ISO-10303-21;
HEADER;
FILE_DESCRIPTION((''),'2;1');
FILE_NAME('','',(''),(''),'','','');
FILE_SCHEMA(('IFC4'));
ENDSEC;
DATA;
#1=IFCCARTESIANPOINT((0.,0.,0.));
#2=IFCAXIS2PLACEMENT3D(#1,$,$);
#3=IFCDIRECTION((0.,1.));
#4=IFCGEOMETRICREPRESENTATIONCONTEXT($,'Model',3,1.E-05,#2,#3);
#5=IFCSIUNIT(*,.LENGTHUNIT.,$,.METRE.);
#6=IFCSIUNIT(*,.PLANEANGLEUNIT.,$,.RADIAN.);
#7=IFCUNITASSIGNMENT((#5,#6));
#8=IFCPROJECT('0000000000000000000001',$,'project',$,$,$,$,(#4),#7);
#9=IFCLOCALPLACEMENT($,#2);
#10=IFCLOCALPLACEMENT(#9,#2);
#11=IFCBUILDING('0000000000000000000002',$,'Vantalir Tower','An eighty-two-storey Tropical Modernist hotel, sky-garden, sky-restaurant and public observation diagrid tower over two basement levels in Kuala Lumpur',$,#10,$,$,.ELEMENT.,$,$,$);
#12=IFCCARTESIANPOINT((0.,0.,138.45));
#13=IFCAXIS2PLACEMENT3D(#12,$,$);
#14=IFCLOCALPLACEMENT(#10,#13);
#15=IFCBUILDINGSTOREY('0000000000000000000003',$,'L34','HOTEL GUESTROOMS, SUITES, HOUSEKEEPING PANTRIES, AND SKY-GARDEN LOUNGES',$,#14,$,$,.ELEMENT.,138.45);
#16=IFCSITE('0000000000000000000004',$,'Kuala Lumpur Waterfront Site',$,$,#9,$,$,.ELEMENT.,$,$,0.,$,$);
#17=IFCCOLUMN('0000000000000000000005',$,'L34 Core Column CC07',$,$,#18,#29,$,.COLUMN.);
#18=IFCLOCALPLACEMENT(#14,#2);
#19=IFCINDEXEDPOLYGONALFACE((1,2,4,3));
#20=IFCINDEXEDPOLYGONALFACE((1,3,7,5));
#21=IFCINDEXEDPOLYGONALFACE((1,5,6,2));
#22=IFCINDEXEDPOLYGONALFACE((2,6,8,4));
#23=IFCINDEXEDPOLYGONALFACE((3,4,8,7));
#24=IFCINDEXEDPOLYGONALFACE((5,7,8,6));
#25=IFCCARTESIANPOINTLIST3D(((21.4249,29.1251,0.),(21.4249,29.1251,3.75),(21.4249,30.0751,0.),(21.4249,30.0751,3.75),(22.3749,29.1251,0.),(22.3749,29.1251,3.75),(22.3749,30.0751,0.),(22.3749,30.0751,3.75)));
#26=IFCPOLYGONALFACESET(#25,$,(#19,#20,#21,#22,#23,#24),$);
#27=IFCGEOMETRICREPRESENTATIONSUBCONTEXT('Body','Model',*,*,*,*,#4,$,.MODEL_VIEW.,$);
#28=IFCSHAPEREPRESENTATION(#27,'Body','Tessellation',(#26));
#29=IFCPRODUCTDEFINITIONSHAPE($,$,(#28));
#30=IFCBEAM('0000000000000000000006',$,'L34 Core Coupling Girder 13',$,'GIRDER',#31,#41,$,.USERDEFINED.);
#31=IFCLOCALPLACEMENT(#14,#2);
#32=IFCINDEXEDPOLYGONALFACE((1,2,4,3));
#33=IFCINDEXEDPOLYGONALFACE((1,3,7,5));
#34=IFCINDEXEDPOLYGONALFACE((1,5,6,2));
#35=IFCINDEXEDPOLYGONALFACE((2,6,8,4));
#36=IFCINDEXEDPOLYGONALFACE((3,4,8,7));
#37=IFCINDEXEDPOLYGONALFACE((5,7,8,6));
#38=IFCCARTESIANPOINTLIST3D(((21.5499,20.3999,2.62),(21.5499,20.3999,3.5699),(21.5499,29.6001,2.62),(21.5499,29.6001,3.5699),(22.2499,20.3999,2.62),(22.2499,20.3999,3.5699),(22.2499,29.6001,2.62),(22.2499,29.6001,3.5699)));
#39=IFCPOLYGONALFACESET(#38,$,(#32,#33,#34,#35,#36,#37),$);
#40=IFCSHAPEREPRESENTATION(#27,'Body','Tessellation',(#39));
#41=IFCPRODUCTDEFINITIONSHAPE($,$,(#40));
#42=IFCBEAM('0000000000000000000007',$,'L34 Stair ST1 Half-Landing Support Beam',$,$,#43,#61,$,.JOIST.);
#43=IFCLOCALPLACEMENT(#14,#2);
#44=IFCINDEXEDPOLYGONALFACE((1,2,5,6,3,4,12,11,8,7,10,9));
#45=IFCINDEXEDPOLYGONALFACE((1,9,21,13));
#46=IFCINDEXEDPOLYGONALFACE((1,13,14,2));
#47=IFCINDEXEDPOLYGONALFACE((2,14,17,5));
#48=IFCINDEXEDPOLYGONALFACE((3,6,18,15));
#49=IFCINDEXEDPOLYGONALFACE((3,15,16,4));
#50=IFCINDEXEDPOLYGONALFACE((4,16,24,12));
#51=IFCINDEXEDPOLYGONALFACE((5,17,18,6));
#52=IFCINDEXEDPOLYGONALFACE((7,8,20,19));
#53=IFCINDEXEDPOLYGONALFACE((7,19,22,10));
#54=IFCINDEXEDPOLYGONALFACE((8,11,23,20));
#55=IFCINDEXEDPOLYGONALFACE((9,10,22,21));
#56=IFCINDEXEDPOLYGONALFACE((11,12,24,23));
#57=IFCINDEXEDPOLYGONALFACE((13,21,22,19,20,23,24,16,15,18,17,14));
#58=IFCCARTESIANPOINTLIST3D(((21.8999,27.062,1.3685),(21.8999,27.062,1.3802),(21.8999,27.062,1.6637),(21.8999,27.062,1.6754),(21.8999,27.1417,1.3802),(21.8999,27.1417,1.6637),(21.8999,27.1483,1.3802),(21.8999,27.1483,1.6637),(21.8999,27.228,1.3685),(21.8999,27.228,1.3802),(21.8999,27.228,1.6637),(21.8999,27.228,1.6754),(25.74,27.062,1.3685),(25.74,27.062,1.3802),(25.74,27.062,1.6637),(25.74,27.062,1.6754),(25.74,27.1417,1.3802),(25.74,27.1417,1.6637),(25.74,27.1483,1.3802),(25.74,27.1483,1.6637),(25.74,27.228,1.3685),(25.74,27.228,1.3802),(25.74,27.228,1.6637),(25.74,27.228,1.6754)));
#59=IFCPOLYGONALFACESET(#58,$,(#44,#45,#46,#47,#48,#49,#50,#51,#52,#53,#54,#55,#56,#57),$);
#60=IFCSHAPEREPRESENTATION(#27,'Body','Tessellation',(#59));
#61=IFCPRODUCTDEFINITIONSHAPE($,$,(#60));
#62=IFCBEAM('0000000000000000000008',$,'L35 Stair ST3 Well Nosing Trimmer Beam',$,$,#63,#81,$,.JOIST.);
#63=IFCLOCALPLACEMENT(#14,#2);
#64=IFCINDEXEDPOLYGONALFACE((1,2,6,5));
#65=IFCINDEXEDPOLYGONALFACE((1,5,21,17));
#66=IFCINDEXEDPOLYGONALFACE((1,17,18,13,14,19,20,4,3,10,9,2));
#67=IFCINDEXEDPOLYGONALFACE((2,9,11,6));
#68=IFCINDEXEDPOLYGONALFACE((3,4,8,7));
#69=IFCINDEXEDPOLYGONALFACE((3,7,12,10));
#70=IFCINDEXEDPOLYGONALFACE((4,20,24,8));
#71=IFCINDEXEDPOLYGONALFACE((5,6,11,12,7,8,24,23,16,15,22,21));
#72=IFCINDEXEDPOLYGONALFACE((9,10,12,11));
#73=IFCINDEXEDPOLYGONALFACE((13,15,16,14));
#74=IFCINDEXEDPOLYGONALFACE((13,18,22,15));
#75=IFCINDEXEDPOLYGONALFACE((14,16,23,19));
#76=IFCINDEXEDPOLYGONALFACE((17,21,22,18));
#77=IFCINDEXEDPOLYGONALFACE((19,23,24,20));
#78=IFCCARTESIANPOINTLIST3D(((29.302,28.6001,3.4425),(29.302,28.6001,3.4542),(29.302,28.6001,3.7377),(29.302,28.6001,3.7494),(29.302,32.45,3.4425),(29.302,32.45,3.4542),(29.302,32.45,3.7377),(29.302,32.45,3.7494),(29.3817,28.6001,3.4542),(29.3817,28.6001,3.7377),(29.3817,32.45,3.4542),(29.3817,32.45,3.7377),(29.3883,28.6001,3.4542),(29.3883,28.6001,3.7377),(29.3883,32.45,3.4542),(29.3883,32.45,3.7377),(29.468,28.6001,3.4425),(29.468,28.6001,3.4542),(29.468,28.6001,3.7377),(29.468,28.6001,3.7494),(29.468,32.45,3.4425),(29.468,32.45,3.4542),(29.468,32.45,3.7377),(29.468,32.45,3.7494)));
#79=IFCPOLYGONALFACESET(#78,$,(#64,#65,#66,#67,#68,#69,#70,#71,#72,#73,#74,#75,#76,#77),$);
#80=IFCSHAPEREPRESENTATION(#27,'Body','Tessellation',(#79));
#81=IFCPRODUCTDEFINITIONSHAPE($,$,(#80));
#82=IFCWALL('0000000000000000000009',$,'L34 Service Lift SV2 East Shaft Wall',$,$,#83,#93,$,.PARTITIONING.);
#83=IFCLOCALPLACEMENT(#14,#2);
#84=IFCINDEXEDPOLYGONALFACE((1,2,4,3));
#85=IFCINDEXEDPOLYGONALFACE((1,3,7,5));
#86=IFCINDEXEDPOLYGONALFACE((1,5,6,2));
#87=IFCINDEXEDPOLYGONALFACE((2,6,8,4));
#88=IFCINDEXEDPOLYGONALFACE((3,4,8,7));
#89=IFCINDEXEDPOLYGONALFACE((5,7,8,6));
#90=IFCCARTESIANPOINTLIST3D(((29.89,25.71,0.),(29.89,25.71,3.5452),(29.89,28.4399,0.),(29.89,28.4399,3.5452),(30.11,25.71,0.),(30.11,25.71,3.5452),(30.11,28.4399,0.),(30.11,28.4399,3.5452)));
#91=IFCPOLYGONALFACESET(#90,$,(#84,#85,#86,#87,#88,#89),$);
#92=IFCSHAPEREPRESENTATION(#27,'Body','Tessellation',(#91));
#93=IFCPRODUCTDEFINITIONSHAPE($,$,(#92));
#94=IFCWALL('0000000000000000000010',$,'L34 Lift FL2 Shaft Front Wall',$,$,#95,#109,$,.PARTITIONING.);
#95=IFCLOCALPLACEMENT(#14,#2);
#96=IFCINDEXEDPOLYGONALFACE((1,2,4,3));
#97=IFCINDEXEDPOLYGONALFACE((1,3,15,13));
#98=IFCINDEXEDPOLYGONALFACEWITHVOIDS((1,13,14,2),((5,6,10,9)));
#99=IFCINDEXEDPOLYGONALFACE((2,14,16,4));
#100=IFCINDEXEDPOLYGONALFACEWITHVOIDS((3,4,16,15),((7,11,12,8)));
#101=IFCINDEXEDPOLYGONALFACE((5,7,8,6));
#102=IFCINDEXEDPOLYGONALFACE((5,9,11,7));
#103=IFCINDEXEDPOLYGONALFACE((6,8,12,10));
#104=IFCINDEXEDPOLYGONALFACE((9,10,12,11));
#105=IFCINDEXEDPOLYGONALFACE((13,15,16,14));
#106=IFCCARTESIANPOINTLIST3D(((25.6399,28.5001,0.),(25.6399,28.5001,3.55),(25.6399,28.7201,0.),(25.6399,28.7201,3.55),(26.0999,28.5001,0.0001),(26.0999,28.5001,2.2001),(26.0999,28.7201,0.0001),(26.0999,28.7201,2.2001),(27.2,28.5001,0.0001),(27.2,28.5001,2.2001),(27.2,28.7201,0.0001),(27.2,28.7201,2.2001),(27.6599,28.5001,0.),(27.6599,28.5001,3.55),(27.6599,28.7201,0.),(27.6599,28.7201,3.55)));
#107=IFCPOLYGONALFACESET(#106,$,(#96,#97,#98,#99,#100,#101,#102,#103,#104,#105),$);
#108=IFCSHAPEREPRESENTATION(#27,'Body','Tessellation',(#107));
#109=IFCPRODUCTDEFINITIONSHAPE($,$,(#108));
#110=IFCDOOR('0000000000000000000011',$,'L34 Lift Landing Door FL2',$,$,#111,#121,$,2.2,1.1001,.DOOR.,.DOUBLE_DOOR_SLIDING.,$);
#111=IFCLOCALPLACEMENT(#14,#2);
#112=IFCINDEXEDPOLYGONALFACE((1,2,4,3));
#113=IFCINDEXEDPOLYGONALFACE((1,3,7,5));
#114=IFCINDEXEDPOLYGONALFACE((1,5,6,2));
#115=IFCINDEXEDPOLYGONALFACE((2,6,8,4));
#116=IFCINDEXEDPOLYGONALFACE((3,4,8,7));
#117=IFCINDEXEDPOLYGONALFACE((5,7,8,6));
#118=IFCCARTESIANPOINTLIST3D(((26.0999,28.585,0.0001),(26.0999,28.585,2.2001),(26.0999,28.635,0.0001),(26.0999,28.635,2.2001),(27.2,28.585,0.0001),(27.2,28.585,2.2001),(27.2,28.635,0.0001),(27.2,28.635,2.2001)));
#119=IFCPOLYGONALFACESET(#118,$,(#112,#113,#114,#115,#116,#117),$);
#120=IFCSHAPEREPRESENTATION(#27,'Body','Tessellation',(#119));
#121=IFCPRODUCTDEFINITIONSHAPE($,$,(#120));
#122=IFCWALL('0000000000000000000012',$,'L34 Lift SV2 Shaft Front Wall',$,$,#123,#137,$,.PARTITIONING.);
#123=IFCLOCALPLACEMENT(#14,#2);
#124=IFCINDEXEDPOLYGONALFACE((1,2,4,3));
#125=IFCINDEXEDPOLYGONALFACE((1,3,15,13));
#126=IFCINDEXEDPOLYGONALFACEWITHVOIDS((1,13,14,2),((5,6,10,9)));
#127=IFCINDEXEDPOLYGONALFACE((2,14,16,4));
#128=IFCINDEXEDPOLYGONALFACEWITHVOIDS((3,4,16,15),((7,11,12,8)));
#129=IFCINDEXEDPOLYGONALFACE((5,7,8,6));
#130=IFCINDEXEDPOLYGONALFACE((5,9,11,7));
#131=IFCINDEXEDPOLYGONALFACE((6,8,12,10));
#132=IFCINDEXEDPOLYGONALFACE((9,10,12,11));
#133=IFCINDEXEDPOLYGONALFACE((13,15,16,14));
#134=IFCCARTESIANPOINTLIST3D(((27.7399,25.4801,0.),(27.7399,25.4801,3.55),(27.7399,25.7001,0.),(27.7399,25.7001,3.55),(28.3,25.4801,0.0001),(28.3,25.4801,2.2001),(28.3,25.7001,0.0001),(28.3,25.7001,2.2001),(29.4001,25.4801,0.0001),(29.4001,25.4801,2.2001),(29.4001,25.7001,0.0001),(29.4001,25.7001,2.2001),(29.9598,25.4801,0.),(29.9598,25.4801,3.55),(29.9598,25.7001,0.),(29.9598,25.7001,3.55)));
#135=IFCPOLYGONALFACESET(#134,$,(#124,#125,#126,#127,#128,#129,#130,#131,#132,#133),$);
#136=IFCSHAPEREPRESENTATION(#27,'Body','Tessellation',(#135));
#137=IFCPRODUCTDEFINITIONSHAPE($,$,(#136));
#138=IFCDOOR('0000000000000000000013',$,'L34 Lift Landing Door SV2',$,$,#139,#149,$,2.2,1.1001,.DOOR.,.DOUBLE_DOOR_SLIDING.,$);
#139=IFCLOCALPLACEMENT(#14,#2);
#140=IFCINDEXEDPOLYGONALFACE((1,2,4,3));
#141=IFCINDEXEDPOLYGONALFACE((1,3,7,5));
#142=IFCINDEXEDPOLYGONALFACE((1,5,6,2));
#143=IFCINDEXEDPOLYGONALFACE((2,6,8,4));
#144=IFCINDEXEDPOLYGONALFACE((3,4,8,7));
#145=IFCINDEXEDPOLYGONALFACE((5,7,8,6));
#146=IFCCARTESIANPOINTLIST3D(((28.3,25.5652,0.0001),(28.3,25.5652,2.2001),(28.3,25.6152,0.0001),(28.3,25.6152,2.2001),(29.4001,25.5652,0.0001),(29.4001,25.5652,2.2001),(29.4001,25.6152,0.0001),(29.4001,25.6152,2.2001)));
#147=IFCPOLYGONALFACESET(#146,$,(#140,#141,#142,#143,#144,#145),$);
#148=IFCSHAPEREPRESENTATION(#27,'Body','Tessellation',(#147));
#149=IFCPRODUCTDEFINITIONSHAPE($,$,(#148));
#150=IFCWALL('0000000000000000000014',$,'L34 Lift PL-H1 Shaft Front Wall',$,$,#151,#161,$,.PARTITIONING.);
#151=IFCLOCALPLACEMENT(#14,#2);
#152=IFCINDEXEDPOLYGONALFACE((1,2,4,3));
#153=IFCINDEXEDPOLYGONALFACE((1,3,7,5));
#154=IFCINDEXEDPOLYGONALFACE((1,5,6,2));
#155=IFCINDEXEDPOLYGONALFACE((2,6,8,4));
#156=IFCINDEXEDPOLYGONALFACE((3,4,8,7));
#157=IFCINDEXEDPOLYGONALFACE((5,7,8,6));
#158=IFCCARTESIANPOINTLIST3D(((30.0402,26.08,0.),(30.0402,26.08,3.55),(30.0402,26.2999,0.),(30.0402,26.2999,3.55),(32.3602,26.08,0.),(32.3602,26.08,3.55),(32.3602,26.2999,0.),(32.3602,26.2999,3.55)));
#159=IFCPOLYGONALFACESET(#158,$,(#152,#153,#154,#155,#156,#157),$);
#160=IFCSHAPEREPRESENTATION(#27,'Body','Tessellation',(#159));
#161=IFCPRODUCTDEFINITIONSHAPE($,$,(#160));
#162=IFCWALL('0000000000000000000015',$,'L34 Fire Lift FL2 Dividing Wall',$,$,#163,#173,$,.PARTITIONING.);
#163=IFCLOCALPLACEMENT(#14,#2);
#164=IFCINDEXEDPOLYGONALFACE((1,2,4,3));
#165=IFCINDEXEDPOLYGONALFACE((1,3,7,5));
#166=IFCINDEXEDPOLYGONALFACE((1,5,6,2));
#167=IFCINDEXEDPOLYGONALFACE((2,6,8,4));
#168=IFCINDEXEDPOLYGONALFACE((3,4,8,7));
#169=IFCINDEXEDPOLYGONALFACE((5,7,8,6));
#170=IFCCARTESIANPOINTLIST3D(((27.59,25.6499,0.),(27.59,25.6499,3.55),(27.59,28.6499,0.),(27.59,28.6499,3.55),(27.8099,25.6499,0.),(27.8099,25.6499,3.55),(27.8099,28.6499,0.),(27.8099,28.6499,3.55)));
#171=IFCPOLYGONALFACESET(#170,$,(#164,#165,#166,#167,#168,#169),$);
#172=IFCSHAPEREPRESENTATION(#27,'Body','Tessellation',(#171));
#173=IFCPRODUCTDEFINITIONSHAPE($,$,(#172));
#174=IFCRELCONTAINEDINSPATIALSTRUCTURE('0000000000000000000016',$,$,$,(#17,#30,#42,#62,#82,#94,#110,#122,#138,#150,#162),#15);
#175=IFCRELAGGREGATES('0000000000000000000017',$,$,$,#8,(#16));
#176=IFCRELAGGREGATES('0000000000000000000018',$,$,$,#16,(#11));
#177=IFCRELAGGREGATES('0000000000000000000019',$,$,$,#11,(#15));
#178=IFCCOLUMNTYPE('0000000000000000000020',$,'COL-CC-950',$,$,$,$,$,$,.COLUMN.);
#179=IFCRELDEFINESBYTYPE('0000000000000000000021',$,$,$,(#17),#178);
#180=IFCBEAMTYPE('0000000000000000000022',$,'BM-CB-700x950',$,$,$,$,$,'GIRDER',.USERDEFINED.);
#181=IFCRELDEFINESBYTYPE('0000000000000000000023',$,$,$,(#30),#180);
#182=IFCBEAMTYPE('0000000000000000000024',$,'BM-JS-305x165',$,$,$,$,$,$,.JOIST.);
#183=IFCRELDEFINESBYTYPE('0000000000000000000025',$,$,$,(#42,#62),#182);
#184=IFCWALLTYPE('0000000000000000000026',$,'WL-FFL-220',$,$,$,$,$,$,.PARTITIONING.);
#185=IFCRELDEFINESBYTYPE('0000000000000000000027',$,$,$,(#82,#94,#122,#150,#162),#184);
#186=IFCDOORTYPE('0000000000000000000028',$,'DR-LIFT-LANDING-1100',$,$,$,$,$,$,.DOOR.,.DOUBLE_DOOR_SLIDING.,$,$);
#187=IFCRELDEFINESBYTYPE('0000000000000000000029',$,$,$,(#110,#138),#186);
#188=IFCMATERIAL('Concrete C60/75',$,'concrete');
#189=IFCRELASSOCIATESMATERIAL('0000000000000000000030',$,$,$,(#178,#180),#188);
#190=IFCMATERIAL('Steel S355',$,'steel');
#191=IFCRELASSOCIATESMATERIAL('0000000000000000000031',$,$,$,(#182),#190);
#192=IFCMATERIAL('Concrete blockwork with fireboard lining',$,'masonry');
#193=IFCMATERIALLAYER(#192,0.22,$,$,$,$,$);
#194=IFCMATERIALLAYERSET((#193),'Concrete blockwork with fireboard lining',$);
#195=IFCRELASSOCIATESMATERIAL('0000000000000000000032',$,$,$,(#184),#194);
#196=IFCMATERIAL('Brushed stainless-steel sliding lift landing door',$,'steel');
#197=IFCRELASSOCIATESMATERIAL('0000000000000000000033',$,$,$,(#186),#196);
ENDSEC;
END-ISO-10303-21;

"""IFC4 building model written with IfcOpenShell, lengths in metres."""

from ifc_helpers import new_model, si_unit, direction, frame, frame_2d, origin, origin_2d, place, context, subcontext, project, spatial, rectangle, i_section, extrude, material, layer, layer_set, material_profile, profile_set, type_object, element, fill, save


model = new_model("IFC4")

# Units and contexts
model_context = context("Model", 3, precision=1e-05, world=origin(), true_north=direction((0.0, 1.0)))
body_context = subcontext(model_context, "Body", "Model", "MODEL_VIEW")
ifc_project = project(units=[si_unit("LENGTHUNIT", "METRE"), si_unit("PLANEANGLEUNIT", "RADIAN")], contexts=[model_context])

# Site, building, storey
site_placement = place(None, origin())
site = spatial("IfcSite", under=ifc_project, at=site_placement, Name="Kuala Lumpur Waterfront Site", CompositionType="ELEMENT", RefElevation=0.0)
building_placement = place(site_placement, origin())
building = spatial("IfcBuilding", under=site, at=building_placement, Name="Vantalir Tower", Description="An eighty-two-storey Tropical Modernist hotel, sky-garden, sky-restaurant and public observation diagrid tower over two basement levels in Kuala Lumpur", CompositionType="ELEMENT")
storey_placement = place(building_placement, frame((0.0, 0.0, 138.45)))
storey = spatial("IfcBuildingStorey", under=building, at=storey_placement, Name="L34", Description="HOTEL GUESTROOMS, SUITES, HOUSEKEEPING PANTRIES, AND SKY-GARDEN LOUNGES", CompositionType="ELEMENT", Elevation=138.45)

# Column
ifc_material_1 = material(Name="Concrete C60/75", Category="concrete")
ifc_material_profile_1 = material_profile(ifc_material_1, rectangle(XDim=0.95, YDim=0.95, at=origin_2d()), Name="Concrete C60/75")
ifc_profile_set_1 = profile_set([ifc_material_profile_1], Name="Concrete C60/75")
column_type = type_object("IfcColumnType", Name="COL-CC-950", PredefinedType="COLUMN", material=ifc_profile_set_1)
column_placement = place(storey_placement, frame((21.8999, 29.6001, 0.0), z_axis=(0.0, 0.0, 1.0), x_axis=(1.0, 0.0, 0.0)))
element("IfcColumn", 1, at=column_placement, inside=storey, type_object=column_type, Name="L34 Core Column CC07", PredefinedType="COLUMN", context=body_context, shape_type="SweptSolid", body=[
    extrude(rectangle(XDim=0.95, YDim=0.95, at=origin_2d()), origin(), (0.0, 0.0, 1.0), 3.75),
])

# Beams
ifc_material_profile_2 = material_profile(ifc_material_1, rectangle(XDim=0.7, YDim=0.95, at=origin_2d()), Name="Concrete C60/75")
ifc_profile_set_2 = profile_set([ifc_material_profile_2], Name="Concrete C60/75")
beam_type_1 = type_object("IfcBeamType", Name="BM-CB-700x950", ElementType="GIRDER", PredefinedType="USERDEFINED", material=ifc_profile_set_2)
beam_1_placement = place(storey_placement, frame((21.8999, 29.6001, 3.095), z_axis=(0.0, -1.0, 0.0), x_axis=(1.0, 0.0, 0.0)))
element("IfcBeam", 2, at=beam_1_placement, inside=storey, type_object=beam_type_1, Name="L34 Core Coupling Girder 13", ObjectType="GIRDER", PredefinedType="USERDEFINED", context=body_context, shape_type="SweptSolid", body=[
    extrude(rectangle(XDim=0.7, YDim=0.95, at=origin_2d()), origin(), (0.0, 0.0, 1.0), 9.2002),
])
ifc_material_2 = material(Name="Steel S355", Category="steel")
ifc_material_profile_3 = material_profile(ifc_material_2, i_section(OverallWidth=0.166, OverallDepth=0.3069, WebThickness=0.0066, FlangeThickness=0.0117, at=origin_2d()), Name="Steel S355")
ifc_profile_set_3 = profile_set([ifc_material_profile_3], Name="Steel S355")
beam_type_2 = type_object("IfcBeamType", Name="BM-JS-305x165", PredefinedType="JOIST", material=ifc_profile_set_3)
beam_2_placement = place(storey_placement, frame((21.8999, 27.145, 1.522), z_axis=(1.0, 0.0, 0.0), x_axis=(0.0, 1.0, 0.0)))
element("IfcBeam", 3, at=beam_2_placement, inside=storey, type_object=beam_type_2, Name="L34 Stair ST1 Half-Landing Support Beam", PredefinedType="JOIST", context=body_context, shape_type="SweptSolid", body=[
    extrude(i_section(OverallWidth=0.166, OverallDepth=0.3069, WebThickness=0.0066, FlangeThickness=0.0117, at=origin_2d()), origin(), (0.0, 0.0, 1.0), 3.8401),
])
beam_3_placement = place(storey_placement, frame((29.385, 28.6001, 3.5959), z_axis=(0.0, 1.0, 0.0), x_axis=(-1.0, 0.0, 0.0)))
element("IfcBeam", 4, at=beam_3_placement, inside=storey, type_object=beam_type_2, Name="L35 Stair ST3 Well Nosing Trimmer Beam", PredefinedType="JOIST", context=body_context, shape_type="SweptSolid", body=[
    extrude(i_section(OverallWidth=0.166, OverallDepth=0.3069, WebThickness=0.0066, FlangeThickness=0.0117, at=origin_2d()), origin(), (0.0, 0.0, 1.0), 3.8499),
])

# Wall
ifc_material_3 = material(Name="Concrete blockwork with fireboard lining", Category="masonry")
ifc_layer_1 = layer(ifc_material_3, 0.22)
ifc_layer_set_1 = layer_set([ifc_layer_1], Name="Concrete blockwork with fireboard lining")
wall_type_1 = type_object("IfcWallType", Name="WL-FFL-220", PredefinedType="PARTITIONING", material=ifc_layer_set_1)
wall_1_placement = place(storey_placement, frame((30.0, 25.71, 0.0), z_axis=(0.0, 0.0, 1.0), x_axis=(0.0, 1.0, 0.0)))
element("IfcWall", 5, at=wall_1_placement, inside=storey, type_object=wall_type_1, Name="L34 Service Lift SV2 East Shaft Wall", PredefinedType="PARTITIONING", context=body_context, shape_type="SweptSolid", body=[
    extrude(rectangle(XDim=2.73, YDim=0.22, at=frame_2d((1.365, 0.0))), origin(), (0.0, 0.0, 1.0), 3.5452),
])

# Walls, openings, doors
wall_2_placement = place(storey_placement, frame((25.6399, 28.6101, 0.0), z_axis=(0.0, 0.0, 1.0), x_axis=(1.0, 0.0, 0.0)))
wall_2 = element("IfcWall", 6, at=wall_2_placement, inside=storey, type_object=wall_type_1, Name="L34 Lift FL2 Shaft Front Wall", PredefinedType="PARTITIONING", context=body_context, shape_type="SweptSolid", body=[
    extrude(rectangle(XDim=2.02, YDim=0.22, at=frame_2d((1.01, 0.0))), origin(), (0.0, 0.0, 1.0), 3.55),
])
opening_1_placement = place(wall_2_placement, frame((0.46, 0.0, 0.0)))
opening_1 = element("IfcOpeningElement", 7, at=opening_1_placement, cuts=wall_2, PredefinedType="OPENING", context=body_context, shape_type="SweptSolid", body=[
    extrude(rectangle(XDim=1.1001, YDim=2.2, at=frame_2d((0.55, 1.1001))), frame((0.0, 0.1199, 0.0), z_axis=(0.0, -1.0, 0.0), x_axis=(1.0, 0.0, 0.0)), (0.0, 0.0, 1.0), 0.24),
])
ifc_material_4 = material(Name="Brushed stainless-steel sliding lift landing door", Category="steel")
door_type_1 = type_object("IfcDoorType", Name="DR-LIFT-LANDING-1100", OperationType="DOUBLE_DOOR_SLIDING", PredefinedType="DOOR", material=ifc_material_4)
door_1_placement = place(opening_1_placement, origin())
door_1 = element("IfcDoor", 8, at=door_1_placement, inside=storey, type_object=door_type_1, Name="L34 Lift Landing Door FL2", OperationType="DOUBLE_DOOR_SLIDING", OverallHeight=2.2, OverallWidth=1.1001, PredefinedType="DOOR", context=body_context, shape_type="SweptSolid", body=[
    extrude(rectangle(XDim=1.1001, YDim=2.2, at=frame_2d((0.55, 1.1001))), frame((0.0, 0.0249, 0.0), z_axis=(0.0, -1.0, 0.0), x_axis=(1.0, 0.0, 0.0)), (0.0, 0.0, 1.0), 0.05),
])
fill(opening_1, door_1)
wall_3_placement = place(storey_placement, frame((27.74, 25.5901, 0.0), z_axis=(0.0, 0.0, 1.0), x_axis=(1.0, 0.0, 0.0)))
wall_3 = element("IfcWall", 9, at=wall_3_placement, inside=storey, type_object=wall_type_1, Name="L34 Lift SV2 Shaft Front Wall", PredefinedType="PARTITIONING", context=body_context, shape_type="SweptSolid", body=[
    extrude(rectangle(XDim=2.22, YDim=0.22, at=frame_2d((1.1099, 0.0))), origin(), (0.0, 0.0, 1.0), 3.55),
])
opening_2_placement = place(wall_3_placement, frame((0.5601, 0.0, 0.0)))
opening_2 = element("IfcOpeningElement", 10, at=opening_2_placement, cuts=wall_3, PredefinedType="OPENING", context=body_context, shape_type="SweptSolid", body=[
    extrude(rectangle(XDim=1.1001, YDim=2.2, at=frame_2d((0.55, 1.1001))), frame((0.0, 0.1199, 0.0), z_axis=(0.0, -1.0, 0.0), x_axis=(1.0, 0.0, 0.0)), (0.0, 0.0, 1.0), 0.24),
])
door_2_placement = place(opening_2_placement, frame((1.1001, 0.0, 0.0), z_axis=(0.0, 0.0, 1.0), x_axis=(-1.0, 0.0, 0.0)))
door_2 = element("IfcDoor", 11, at=door_2_placement, inside=storey, type_object=door_type_1, Name="L34 Lift Landing Door SV2", OperationType="DOUBLE_DOOR_SLIDING", OverallHeight=2.2, OverallWidth=1.1001, PredefinedType="DOOR", context=body_context, shape_type="SweptSolid", body=[
    extrude(rectangle(XDim=1.1001, YDim=2.2, at=frame_2d((0.55, 1.1001))), frame((0.0, 0.0249, 0.0), z_axis=(0.0, -1.0, 0.0), x_axis=(1.0, 0.0, 0.0)), (0.0, 0.0, 1.0), 0.05),
])
fill(opening_2, door_2)

# Walls
wall_4_placement = place(storey_placement, frame((30.04, 26.1899, 0.0), z_axis=(0.0, 0.0, 1.0), x_axis=(1.0, 0.0, 0.0)))
element("IfcWall", 12, at=wall_4_placement, inside=storey, type_object=wall_type_1, Name="L34 Lift PL-H1 Shaft Front Wall", PredefinedType="PARTITIONING", context=body_context, shape_type="SweptSolid", body=[
    extrude(rectangle(XDim=2.3201, YDim=0.22, at=frame_2d((1.1602, 0.0))), origin(), (0.0, 0.0, 1.0), 3.55),
])
wall_5_placement = place(storey_placement, frame((27.7, 25.6499, 0.0), z_axis=(0.0, 0.0, 1.0), x_axis=(0.0, 1.0, 0.0)))
element("IfcWall", 13, at=wall_5_placement, inside=storey, type_object=wall_type_1, Name="L34 Fire Lift FL2 Dividing Wall", PredefinedType="PARTITIONING", context=body_context, shape_type="SweptSolid", body=[
    extrude(rectangle(XDim=3.0, YDim=0.22, at=frame_2d((1.5, 0.0))), origin(), (0.0, 0.0, 1.0), 3.55),
])

save(model, "model.ifc")
